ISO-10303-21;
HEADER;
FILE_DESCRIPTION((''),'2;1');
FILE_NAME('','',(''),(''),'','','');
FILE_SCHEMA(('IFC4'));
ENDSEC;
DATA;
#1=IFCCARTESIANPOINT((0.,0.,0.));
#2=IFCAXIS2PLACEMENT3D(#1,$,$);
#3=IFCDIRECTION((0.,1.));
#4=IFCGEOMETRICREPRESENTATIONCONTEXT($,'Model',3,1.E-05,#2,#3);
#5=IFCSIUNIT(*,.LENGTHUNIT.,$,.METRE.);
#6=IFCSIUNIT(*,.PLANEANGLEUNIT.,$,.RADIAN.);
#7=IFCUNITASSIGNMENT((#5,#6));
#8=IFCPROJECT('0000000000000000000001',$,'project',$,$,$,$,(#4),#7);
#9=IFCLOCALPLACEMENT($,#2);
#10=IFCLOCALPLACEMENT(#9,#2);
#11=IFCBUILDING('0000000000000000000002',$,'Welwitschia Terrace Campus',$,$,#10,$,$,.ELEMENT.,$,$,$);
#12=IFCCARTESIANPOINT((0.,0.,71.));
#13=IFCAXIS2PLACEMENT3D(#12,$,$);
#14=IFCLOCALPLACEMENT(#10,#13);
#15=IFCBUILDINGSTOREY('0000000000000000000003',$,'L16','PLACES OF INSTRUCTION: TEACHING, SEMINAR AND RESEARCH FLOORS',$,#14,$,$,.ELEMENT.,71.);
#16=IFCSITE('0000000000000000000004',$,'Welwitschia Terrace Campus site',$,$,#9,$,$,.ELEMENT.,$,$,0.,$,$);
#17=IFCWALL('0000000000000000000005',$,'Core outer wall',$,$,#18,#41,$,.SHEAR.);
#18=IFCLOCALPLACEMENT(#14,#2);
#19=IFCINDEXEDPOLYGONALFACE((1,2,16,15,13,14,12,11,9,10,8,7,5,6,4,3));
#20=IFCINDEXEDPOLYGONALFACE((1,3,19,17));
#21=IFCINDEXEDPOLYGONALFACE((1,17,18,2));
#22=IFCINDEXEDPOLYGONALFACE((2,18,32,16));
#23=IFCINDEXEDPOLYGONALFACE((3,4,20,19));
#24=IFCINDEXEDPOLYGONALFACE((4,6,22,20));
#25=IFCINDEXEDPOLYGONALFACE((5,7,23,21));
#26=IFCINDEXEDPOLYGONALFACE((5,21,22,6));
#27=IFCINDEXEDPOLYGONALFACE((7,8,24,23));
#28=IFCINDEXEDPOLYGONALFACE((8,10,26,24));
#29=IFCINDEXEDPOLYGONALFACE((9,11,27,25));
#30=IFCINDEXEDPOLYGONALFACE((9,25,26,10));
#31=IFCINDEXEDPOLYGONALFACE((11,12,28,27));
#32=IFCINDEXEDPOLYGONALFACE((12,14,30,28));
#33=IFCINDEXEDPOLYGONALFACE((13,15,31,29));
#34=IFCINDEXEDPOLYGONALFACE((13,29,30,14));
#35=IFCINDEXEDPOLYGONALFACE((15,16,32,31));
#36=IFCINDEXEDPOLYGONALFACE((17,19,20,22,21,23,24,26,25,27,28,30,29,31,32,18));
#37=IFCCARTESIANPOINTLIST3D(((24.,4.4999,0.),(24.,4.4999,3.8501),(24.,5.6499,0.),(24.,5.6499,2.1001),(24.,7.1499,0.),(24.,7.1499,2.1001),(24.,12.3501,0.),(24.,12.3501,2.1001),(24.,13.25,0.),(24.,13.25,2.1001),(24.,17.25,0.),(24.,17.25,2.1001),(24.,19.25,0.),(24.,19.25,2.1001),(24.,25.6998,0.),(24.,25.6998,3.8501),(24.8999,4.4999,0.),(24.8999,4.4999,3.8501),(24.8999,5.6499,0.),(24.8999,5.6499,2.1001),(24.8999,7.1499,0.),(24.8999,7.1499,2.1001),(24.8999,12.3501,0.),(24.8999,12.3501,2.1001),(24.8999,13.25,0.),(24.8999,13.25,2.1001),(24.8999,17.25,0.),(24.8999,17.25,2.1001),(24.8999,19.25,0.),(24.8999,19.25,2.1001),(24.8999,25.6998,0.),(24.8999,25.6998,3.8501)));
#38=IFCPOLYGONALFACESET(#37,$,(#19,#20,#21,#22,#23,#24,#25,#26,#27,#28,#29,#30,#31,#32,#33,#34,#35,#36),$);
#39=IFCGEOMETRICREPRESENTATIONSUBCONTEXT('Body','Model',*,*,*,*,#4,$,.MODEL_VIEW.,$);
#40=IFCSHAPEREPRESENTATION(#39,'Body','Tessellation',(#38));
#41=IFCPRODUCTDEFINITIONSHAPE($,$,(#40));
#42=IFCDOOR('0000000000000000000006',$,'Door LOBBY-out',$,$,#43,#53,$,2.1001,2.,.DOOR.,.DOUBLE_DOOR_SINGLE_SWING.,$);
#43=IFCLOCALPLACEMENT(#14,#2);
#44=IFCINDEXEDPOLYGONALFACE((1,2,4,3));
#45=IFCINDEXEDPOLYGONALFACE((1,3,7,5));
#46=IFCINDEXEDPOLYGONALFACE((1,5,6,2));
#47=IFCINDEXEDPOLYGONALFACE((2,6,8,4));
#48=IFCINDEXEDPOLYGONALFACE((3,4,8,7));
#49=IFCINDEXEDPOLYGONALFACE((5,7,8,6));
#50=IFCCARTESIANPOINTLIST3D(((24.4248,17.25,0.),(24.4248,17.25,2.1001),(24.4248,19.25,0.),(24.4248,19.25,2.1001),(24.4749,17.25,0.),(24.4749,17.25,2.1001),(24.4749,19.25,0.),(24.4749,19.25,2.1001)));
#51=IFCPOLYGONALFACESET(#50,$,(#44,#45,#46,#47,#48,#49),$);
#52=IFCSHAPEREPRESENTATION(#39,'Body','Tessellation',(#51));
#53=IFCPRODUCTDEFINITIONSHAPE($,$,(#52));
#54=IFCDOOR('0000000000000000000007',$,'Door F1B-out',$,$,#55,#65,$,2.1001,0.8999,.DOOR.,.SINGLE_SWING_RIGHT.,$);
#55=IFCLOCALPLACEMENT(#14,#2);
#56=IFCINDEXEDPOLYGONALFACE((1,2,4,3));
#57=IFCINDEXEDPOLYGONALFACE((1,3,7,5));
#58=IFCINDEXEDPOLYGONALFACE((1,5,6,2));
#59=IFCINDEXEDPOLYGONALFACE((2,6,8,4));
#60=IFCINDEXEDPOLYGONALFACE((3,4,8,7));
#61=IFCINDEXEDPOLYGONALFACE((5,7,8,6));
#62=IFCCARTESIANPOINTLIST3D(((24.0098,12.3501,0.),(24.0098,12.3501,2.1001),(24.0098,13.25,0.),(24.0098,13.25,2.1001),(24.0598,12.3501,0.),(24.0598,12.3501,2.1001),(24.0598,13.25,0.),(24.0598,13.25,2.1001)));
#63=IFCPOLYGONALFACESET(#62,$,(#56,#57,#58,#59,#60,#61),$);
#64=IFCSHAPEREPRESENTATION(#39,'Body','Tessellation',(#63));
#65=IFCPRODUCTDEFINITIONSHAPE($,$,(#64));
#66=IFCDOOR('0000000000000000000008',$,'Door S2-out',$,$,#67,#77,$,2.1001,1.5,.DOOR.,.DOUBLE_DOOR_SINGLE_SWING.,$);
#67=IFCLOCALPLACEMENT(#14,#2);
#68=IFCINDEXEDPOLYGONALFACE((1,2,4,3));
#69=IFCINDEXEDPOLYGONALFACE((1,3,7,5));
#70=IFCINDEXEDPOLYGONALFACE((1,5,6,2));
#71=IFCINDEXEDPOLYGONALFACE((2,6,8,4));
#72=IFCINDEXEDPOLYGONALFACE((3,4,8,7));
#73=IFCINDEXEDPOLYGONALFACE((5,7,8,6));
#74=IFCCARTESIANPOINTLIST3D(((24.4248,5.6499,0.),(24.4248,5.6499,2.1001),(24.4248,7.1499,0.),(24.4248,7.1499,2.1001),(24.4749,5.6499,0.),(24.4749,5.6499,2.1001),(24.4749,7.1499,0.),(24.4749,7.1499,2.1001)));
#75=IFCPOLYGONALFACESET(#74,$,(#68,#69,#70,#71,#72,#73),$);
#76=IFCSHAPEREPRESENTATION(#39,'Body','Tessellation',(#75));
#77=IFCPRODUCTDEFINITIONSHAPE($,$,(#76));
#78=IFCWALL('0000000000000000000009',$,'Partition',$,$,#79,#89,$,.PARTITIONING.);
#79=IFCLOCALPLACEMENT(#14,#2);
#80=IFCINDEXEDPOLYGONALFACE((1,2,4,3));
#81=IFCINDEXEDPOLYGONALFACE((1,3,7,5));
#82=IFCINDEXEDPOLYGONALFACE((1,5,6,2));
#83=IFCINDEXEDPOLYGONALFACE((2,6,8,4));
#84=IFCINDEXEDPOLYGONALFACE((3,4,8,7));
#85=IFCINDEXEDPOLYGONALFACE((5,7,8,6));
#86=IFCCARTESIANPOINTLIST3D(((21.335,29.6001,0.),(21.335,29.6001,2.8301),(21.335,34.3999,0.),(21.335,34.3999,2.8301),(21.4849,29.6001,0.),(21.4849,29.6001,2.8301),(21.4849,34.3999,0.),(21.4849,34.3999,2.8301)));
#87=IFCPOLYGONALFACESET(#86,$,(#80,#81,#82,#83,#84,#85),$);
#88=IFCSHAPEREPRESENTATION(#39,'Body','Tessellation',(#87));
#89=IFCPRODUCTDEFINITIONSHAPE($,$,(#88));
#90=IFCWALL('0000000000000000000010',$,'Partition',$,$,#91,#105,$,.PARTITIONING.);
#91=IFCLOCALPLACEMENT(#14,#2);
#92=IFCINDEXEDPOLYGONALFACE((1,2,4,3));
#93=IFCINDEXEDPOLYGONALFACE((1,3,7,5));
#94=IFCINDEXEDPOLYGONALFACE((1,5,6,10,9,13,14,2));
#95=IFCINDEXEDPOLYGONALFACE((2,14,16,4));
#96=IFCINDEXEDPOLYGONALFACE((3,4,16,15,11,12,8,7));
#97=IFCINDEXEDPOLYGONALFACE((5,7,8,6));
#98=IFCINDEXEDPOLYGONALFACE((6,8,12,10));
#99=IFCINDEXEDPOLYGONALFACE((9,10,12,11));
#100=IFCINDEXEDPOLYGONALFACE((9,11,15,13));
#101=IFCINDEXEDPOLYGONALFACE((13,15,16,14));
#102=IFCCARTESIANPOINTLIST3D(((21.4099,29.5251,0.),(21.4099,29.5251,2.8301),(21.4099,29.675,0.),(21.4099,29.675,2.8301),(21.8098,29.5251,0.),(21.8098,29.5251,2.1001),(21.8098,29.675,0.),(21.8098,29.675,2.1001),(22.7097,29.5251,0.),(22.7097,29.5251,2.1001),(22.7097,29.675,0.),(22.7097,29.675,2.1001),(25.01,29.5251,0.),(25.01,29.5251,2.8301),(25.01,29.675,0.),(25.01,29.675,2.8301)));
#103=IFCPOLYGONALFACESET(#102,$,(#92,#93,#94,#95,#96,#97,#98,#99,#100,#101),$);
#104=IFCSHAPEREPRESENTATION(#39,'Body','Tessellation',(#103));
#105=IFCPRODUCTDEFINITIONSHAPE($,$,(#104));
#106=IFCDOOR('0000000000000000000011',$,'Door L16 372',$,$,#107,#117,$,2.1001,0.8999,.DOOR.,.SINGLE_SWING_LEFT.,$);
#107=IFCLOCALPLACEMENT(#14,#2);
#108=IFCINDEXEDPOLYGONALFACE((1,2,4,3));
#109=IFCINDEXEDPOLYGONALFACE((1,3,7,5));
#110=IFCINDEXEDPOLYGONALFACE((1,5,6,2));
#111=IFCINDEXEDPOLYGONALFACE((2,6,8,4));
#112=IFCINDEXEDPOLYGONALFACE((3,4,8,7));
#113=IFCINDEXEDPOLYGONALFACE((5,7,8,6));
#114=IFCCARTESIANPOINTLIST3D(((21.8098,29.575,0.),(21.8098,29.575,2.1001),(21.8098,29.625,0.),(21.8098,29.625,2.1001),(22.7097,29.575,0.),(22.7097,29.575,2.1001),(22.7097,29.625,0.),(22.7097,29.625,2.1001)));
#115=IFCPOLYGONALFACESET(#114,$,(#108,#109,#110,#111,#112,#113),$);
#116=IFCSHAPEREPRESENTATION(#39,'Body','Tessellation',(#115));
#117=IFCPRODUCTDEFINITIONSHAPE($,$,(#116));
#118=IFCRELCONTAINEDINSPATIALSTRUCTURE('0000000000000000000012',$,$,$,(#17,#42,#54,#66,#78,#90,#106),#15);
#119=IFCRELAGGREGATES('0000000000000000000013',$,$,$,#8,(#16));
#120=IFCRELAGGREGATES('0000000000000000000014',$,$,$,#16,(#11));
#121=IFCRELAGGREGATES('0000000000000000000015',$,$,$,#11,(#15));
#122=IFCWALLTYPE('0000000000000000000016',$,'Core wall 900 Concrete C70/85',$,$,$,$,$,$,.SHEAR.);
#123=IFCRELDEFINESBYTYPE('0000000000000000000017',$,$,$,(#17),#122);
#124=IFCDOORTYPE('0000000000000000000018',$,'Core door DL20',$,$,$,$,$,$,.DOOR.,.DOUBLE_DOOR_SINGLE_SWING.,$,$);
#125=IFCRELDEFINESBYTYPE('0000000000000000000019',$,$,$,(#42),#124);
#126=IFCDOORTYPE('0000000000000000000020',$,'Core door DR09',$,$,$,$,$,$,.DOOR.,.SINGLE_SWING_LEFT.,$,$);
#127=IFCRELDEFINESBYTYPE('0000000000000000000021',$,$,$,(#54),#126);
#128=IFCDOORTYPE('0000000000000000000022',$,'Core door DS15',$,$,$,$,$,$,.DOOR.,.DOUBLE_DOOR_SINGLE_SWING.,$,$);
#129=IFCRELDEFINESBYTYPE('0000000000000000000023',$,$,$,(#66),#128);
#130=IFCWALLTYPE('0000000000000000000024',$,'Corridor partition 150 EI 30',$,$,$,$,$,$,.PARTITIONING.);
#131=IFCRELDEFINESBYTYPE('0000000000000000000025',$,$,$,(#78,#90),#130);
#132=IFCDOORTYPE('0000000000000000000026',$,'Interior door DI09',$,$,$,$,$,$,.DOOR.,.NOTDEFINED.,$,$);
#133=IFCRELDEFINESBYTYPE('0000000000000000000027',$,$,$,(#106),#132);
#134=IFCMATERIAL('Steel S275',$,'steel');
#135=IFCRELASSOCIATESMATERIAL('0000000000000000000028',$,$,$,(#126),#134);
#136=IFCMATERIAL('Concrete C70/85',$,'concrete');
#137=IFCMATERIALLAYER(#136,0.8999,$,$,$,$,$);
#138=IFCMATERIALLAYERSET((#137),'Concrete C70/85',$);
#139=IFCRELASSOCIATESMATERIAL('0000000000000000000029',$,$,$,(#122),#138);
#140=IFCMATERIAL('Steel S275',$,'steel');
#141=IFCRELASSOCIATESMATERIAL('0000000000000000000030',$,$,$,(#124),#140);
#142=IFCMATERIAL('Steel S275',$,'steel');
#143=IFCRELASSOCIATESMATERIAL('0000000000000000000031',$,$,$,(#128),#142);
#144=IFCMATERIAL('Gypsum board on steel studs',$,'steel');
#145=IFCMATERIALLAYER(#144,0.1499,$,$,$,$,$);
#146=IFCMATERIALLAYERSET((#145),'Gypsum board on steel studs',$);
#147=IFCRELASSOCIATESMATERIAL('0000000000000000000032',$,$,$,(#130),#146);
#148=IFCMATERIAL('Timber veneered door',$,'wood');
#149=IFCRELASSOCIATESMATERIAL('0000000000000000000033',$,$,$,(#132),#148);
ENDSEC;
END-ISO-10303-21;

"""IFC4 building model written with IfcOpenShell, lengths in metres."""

from ifc_helpers import new_model, si_unit, direction, frame, frame_2d, origin, place, context, subcontext, project, spatial, rectangle, extrude, material, layer, layer_set, type_object, element, fill, save


model = new_model("IFC4")

# Units and contexts
model_context = context("Model", 3, precision=1e-05, world=origin(), true_north=direction((0.0, 1.0)))
body_context = subcontext(model_context, "Body", "Model", "MODEL_VIEW")
ifc_project = project(units=[si_unit("LENGTHUNIT", "METRE"), si_unit("PLANEANGLEUNIT", "RADIAN")], contexts=[model_context])

# Site, building, storey
site_placement = place(None, origin())
site = spatial("IfcSite", under=ifc_project, at=site_placement, Name="Welwitschia Terrace Campus site", CompositionType="ELEMENT", RefElevation=0.0)
building_placement = place(site_placement, origin())
building = spatial("IfcBuilding", under=site, at=building_placement, Name="Welwitschia Terrace Campus", CompositionType="ELEMENT")
storey_placement = place(building_placement, frame((0.0, 0.0, 71.0)))
storey = spatial("IfcBuildingStorey", under=building, at=storey_placement, Name="L16", Description="PLACES OF INSTRUCTION: TEACHING, SEMINAR AND RESEARCH FLOORS", CompositionType="ELEMENT", Elevation=71.0)

# Shared definitions
ifc_material_1 = material(Name="Steel S275", Category="steel")
door_type_1 = type_object("IfcDoorType", Name="Core door DR09", OperationType="SINGLE_SWING_LEFT", PredefinedType="DOOR", material=ifc_material_1)

# Wall, openings, doors
ifc_material_2 = material(Name="Concrete C70/85", Category="concrete")
ifc_layer_1 = layer(ifc_material_2, 0.8999)
ifc_layer_set_1 = layer_set([ifc_layer_1], Name="Concrete C70/85")
wall_type_1 = type_object("IfcWallType", Name="Core wall 900 Concrete C70/85", PredefinedType="SHEAR", material=ifc_layer_set_1)
wall_1_placement = place(storey_placement, frame((24.45, 25.7, 0.0), z_axis=(0.0, 0.0, 1.0), x_axis=(0.0, -1.0, 0.0)))
wall_1 = element("IfcWall", 1, at=wall_1_placement, inside=storey, type_object=wall_type_1, Name="Core outer wall", PredefinedType="SHEAR", context=body_context, shape_type="SweptSolid", body=[
    extrude(rectangle(XDim=21.2, YDim=0.8999, at=frame_2d((10.6001, 0.0))), origin(), (0.0, 0.0, 1.0), 3.8501),
])
opening_1_placement = place(wall_1_placement, frame((18.55, 0.0, 0.0)))
opening_1 = element("IfcOpeningElement", 2, at=opening_1_placement, cuts=wall_1, PredefinedType="OPENING", context=body_context, shape_type="SweptSolid", body=[
    extrude(rectangle(XDim=1.5, YDim=2.1001, at=frame_2d((0.75, 1.05))), frame((0.0, 0.46, 0.0), z_axis=(0.0, -1.0, 0.0), x_axis=(1.0, 0.0, 0.0)), (0.0, 0.0, 1.0), 0.9199),
])
opening_2_placement = place(wall_1_placement, frame((12.45, 0.0, 0.0)))
opening_2 = element("IfcOpeningElement", 3, at=opening_2_placement, cuts=wall_1, PredefinedType="OPENING", context=body_context, shape_type="SweptSolid", body=[
    extrude(rectangle(XDim=0.8999, YDim=2.1001, at=frame_2d((0.45, 1.05))), frame((0.0, 0.46, 0.0), z_axis=(0.0, -1.0, 0.0), x_axis=(1.0, 0.0, 0.0)), (0.0, 0.0, 1.0), 0.9199),
])
opening_3_placement = place(wall_1_placement, frame((6.45, 0.0, 0.0)))
opening_3 = element("IfcOpeningElement", 4, at=opening_3_placement, cuts=wall_1, PredefinedType="OPENING", context=body_context, shape_type="SweptSolid", body=[
    extrude(rectangle(XDim=2.0, YDim=2.1001, at=frame_2d((1.0, 1.05))), frame((0.0, 0.46, 0.0), z_axis=(0.0, -1.0, 0.0), x_axis=(1.0, 0.0, 0.0)), (0.0, 0.0, 1.0), 0.9199),
])
ifc_material_3 = material(Name="Steel S275", Category="steel")
door_type_2 = type_object("IfcDoorType", Name="Core door DL20", OperationType="DOUBLE_DOOR_SINGLE_SWING", PredefinedType="DOOR", material=ifc_material_3)
door_1_placement = place(opening_3_placement, origin())
door_1 = element("IfcDoor", 5, at=door_1_placement, inside=storey, type_object=door_type_2, Name="Door LOBBY-out", OperationType="DOUBLE_DOOR_SINGLE_SWING", OverallHeight=2.1001, OverallWidth=2.0, PredefinedType="DOOR", context=body_context, shape_type="SweptSolid", body=[
    extrude(rectangle(XDim=2.0, YDim=2.1001, at=frame_2d((1.0, 1.05))), frame((0.0, 0.0249, 0.0), z_axis=(0.0, -1.0, 0.0), x_axis=(1.0, 0.0, 0.0)), (0.0, 0.0, 1.0), 0.05),
])
fill(opening_3, door_1)
door_2_placement = place(opening_2_placement, origin())
door_2 = element("IfcDoor", 6, at=door_2_placement, inside=storey, type_object=door_type_1, Name="Door F1B-out", OperationType="SINGLE_SWING_RIGHT", OverallHeight=2.1001, OverallWidth=0.8999, PredefinedType="DOOR", context=body_context, shape_type="SweptSolid", body=[
    extrude(rectangle(XDim=0.8999, YDim=2.1001, at=frame_2d((0.45, 1.05))), frame((0.0, -0.3901, 0.0), z_axis=(0.0, -1.0, 0.0), x_axis=(1.0, 0.0, 0.0)), (0.0, 0.0, 1.0), 0.05),
])
fill(opening_2, door_2)
ifc_material_4 = material(Name="Steel S275", Category="steel")
door_type_3 = type_object("IfcDoorType", Name="Core door DS15", OperationType="DOUBLE_DOOR_SINGLE_SWING", PredefinedType="DOOR", material=ifc_material_4)
door_3_placement = place(opening_1_placement, origin())
door_3 = element("IfcDoor", 7, at=door_3_placement, inside=storey, type_object=door_type_3, Name="Door S2-out", OperationType="DOUBLE_DOOR_SINGLE_SWING", OverallHeight=2.1001, OverallWidth=1.5, PredefinedType="DOOR", context=body_context, shape_type="SweptSolid", body=[
    extrude(rectangle(XDim=1.5, YDim=2.1001, at=frame_2d((0.75, 1.05))), frame((0.0, 0.0249, 0.0), z_axis=(0.0, -1.0, 0.0), x_axis=(1.0, 0.0, 0.0)), (0.0, 0.0, 1.0), 0.05),
])
fill(opening_1, door_3)

# Wall
ifc_material_5 = material(Name="Gypsum board on steel studs", Category="steel")
ifc_layer_2 = layer(ifc_material_5, 0.1499)
ifc_layer_set_2 = layer_set([ifc_layer_2], Name="Gypsum board on steel studs")
wall_type_2 = type_object("IfcWallType", Name="Corridor partition 150 EI 30", PredefinedType="PARTITIONING", material=ifc_layer_set_2)
wall_2_placement = place(storey_placement, frame((21.4099, 29.6001, 0.0), z_axis=(0.0, 0.0, 1.0), x_axis=(0.0, 1.0, 0.0)))
element("IfcWall", 8, at=wall_2_placement, inside=storey, type_object=wall_type_2, Name="Partition", PredefinedType="PARTITIONING", context=body_context, shape_type="SweptSolid", body=[
    extrude(rectangle(XDim=4.7998, YDim=0.1499, at=frame_2d((2.3999, 0.0))), origin(), (0.0, 0.0, 1.0), 2.8301),
])

# Wall, opening, door
wall_3_placement = place(storey_placement, frame((21.4099, 29.6001, 0.0), z_axis=(0.0, 0.0, 1.0), x_axis=(1.0, 0.0, 0.0)))
wall_3 = element("IfcWall", 9, at=wall_3_placement, inside=storey, type_object=wall_type_2, Name="Partition", PredefinedType="PARTITIONING", context=body_context, shape_type="SweptSolid", body=[
    extrude(rectangle(XDim=3.6001, YDim=0.1499, at=frame_2d((1.8, 0.0))), origin(), (0.0, 0.0, 1.0), 2.8301),
])
opening_4_placement = place(wall_3_placement, frame((0.3999, 0.0, 0.0)))
opening_4 = element("IfcOpeningElement", 10, at=opening_4_placement, cuts=wall_3, PredefinedType="OPENING", context=body_context, shape_type="SweptSolid", body=[
    extrude(rectangle(XDim=0.8999, YDim=2.1001, at=frame_2d((0.45, 1.05))), frame((0.0, 0.085, 0.0), z_axis=(0.0, -1.0, 0.0), x_axis=(1.0, 0.0, 0.0)), (0.0, 0.0, 1.0), 0.1699),
])
ifc_material_6 = material(Name="Timber veneered door", Category="wood")
door_type_4 = type_object("IfcDoorType", Name="Interior door DI09", OperationType="NOTDEFINED", PredefinedType="DOOR", material=ifc_material_6)
door_4_placement = place(opening_4_placement, origin())
door_4 = element("IfcDoor", 11, at=door_4_placement, inside=storey, type_object=door_type_4, Name="Door L16 372", OperationType="SINGLE_SWING_LEFT", OverallHeight=2.1001, OverallWidth=0.8999, PredefinedType="DOOR", context=body_context, shape_type="SweptSolid", body=[
    extrude(rectangle(XDim=0.8999, YDim=2.1001, at=frame_2d((0.45, 1.05))), frame((0.0, 0.0249, 0.0), z_axis=(0.0, -1.0, 0.0), x_axis=(1.0, 0.0, 0.0)), (0.0, 0.0, 1.0), 0.05),
])
fill(opening_4, door_4)

save(model, "model.ifc")
